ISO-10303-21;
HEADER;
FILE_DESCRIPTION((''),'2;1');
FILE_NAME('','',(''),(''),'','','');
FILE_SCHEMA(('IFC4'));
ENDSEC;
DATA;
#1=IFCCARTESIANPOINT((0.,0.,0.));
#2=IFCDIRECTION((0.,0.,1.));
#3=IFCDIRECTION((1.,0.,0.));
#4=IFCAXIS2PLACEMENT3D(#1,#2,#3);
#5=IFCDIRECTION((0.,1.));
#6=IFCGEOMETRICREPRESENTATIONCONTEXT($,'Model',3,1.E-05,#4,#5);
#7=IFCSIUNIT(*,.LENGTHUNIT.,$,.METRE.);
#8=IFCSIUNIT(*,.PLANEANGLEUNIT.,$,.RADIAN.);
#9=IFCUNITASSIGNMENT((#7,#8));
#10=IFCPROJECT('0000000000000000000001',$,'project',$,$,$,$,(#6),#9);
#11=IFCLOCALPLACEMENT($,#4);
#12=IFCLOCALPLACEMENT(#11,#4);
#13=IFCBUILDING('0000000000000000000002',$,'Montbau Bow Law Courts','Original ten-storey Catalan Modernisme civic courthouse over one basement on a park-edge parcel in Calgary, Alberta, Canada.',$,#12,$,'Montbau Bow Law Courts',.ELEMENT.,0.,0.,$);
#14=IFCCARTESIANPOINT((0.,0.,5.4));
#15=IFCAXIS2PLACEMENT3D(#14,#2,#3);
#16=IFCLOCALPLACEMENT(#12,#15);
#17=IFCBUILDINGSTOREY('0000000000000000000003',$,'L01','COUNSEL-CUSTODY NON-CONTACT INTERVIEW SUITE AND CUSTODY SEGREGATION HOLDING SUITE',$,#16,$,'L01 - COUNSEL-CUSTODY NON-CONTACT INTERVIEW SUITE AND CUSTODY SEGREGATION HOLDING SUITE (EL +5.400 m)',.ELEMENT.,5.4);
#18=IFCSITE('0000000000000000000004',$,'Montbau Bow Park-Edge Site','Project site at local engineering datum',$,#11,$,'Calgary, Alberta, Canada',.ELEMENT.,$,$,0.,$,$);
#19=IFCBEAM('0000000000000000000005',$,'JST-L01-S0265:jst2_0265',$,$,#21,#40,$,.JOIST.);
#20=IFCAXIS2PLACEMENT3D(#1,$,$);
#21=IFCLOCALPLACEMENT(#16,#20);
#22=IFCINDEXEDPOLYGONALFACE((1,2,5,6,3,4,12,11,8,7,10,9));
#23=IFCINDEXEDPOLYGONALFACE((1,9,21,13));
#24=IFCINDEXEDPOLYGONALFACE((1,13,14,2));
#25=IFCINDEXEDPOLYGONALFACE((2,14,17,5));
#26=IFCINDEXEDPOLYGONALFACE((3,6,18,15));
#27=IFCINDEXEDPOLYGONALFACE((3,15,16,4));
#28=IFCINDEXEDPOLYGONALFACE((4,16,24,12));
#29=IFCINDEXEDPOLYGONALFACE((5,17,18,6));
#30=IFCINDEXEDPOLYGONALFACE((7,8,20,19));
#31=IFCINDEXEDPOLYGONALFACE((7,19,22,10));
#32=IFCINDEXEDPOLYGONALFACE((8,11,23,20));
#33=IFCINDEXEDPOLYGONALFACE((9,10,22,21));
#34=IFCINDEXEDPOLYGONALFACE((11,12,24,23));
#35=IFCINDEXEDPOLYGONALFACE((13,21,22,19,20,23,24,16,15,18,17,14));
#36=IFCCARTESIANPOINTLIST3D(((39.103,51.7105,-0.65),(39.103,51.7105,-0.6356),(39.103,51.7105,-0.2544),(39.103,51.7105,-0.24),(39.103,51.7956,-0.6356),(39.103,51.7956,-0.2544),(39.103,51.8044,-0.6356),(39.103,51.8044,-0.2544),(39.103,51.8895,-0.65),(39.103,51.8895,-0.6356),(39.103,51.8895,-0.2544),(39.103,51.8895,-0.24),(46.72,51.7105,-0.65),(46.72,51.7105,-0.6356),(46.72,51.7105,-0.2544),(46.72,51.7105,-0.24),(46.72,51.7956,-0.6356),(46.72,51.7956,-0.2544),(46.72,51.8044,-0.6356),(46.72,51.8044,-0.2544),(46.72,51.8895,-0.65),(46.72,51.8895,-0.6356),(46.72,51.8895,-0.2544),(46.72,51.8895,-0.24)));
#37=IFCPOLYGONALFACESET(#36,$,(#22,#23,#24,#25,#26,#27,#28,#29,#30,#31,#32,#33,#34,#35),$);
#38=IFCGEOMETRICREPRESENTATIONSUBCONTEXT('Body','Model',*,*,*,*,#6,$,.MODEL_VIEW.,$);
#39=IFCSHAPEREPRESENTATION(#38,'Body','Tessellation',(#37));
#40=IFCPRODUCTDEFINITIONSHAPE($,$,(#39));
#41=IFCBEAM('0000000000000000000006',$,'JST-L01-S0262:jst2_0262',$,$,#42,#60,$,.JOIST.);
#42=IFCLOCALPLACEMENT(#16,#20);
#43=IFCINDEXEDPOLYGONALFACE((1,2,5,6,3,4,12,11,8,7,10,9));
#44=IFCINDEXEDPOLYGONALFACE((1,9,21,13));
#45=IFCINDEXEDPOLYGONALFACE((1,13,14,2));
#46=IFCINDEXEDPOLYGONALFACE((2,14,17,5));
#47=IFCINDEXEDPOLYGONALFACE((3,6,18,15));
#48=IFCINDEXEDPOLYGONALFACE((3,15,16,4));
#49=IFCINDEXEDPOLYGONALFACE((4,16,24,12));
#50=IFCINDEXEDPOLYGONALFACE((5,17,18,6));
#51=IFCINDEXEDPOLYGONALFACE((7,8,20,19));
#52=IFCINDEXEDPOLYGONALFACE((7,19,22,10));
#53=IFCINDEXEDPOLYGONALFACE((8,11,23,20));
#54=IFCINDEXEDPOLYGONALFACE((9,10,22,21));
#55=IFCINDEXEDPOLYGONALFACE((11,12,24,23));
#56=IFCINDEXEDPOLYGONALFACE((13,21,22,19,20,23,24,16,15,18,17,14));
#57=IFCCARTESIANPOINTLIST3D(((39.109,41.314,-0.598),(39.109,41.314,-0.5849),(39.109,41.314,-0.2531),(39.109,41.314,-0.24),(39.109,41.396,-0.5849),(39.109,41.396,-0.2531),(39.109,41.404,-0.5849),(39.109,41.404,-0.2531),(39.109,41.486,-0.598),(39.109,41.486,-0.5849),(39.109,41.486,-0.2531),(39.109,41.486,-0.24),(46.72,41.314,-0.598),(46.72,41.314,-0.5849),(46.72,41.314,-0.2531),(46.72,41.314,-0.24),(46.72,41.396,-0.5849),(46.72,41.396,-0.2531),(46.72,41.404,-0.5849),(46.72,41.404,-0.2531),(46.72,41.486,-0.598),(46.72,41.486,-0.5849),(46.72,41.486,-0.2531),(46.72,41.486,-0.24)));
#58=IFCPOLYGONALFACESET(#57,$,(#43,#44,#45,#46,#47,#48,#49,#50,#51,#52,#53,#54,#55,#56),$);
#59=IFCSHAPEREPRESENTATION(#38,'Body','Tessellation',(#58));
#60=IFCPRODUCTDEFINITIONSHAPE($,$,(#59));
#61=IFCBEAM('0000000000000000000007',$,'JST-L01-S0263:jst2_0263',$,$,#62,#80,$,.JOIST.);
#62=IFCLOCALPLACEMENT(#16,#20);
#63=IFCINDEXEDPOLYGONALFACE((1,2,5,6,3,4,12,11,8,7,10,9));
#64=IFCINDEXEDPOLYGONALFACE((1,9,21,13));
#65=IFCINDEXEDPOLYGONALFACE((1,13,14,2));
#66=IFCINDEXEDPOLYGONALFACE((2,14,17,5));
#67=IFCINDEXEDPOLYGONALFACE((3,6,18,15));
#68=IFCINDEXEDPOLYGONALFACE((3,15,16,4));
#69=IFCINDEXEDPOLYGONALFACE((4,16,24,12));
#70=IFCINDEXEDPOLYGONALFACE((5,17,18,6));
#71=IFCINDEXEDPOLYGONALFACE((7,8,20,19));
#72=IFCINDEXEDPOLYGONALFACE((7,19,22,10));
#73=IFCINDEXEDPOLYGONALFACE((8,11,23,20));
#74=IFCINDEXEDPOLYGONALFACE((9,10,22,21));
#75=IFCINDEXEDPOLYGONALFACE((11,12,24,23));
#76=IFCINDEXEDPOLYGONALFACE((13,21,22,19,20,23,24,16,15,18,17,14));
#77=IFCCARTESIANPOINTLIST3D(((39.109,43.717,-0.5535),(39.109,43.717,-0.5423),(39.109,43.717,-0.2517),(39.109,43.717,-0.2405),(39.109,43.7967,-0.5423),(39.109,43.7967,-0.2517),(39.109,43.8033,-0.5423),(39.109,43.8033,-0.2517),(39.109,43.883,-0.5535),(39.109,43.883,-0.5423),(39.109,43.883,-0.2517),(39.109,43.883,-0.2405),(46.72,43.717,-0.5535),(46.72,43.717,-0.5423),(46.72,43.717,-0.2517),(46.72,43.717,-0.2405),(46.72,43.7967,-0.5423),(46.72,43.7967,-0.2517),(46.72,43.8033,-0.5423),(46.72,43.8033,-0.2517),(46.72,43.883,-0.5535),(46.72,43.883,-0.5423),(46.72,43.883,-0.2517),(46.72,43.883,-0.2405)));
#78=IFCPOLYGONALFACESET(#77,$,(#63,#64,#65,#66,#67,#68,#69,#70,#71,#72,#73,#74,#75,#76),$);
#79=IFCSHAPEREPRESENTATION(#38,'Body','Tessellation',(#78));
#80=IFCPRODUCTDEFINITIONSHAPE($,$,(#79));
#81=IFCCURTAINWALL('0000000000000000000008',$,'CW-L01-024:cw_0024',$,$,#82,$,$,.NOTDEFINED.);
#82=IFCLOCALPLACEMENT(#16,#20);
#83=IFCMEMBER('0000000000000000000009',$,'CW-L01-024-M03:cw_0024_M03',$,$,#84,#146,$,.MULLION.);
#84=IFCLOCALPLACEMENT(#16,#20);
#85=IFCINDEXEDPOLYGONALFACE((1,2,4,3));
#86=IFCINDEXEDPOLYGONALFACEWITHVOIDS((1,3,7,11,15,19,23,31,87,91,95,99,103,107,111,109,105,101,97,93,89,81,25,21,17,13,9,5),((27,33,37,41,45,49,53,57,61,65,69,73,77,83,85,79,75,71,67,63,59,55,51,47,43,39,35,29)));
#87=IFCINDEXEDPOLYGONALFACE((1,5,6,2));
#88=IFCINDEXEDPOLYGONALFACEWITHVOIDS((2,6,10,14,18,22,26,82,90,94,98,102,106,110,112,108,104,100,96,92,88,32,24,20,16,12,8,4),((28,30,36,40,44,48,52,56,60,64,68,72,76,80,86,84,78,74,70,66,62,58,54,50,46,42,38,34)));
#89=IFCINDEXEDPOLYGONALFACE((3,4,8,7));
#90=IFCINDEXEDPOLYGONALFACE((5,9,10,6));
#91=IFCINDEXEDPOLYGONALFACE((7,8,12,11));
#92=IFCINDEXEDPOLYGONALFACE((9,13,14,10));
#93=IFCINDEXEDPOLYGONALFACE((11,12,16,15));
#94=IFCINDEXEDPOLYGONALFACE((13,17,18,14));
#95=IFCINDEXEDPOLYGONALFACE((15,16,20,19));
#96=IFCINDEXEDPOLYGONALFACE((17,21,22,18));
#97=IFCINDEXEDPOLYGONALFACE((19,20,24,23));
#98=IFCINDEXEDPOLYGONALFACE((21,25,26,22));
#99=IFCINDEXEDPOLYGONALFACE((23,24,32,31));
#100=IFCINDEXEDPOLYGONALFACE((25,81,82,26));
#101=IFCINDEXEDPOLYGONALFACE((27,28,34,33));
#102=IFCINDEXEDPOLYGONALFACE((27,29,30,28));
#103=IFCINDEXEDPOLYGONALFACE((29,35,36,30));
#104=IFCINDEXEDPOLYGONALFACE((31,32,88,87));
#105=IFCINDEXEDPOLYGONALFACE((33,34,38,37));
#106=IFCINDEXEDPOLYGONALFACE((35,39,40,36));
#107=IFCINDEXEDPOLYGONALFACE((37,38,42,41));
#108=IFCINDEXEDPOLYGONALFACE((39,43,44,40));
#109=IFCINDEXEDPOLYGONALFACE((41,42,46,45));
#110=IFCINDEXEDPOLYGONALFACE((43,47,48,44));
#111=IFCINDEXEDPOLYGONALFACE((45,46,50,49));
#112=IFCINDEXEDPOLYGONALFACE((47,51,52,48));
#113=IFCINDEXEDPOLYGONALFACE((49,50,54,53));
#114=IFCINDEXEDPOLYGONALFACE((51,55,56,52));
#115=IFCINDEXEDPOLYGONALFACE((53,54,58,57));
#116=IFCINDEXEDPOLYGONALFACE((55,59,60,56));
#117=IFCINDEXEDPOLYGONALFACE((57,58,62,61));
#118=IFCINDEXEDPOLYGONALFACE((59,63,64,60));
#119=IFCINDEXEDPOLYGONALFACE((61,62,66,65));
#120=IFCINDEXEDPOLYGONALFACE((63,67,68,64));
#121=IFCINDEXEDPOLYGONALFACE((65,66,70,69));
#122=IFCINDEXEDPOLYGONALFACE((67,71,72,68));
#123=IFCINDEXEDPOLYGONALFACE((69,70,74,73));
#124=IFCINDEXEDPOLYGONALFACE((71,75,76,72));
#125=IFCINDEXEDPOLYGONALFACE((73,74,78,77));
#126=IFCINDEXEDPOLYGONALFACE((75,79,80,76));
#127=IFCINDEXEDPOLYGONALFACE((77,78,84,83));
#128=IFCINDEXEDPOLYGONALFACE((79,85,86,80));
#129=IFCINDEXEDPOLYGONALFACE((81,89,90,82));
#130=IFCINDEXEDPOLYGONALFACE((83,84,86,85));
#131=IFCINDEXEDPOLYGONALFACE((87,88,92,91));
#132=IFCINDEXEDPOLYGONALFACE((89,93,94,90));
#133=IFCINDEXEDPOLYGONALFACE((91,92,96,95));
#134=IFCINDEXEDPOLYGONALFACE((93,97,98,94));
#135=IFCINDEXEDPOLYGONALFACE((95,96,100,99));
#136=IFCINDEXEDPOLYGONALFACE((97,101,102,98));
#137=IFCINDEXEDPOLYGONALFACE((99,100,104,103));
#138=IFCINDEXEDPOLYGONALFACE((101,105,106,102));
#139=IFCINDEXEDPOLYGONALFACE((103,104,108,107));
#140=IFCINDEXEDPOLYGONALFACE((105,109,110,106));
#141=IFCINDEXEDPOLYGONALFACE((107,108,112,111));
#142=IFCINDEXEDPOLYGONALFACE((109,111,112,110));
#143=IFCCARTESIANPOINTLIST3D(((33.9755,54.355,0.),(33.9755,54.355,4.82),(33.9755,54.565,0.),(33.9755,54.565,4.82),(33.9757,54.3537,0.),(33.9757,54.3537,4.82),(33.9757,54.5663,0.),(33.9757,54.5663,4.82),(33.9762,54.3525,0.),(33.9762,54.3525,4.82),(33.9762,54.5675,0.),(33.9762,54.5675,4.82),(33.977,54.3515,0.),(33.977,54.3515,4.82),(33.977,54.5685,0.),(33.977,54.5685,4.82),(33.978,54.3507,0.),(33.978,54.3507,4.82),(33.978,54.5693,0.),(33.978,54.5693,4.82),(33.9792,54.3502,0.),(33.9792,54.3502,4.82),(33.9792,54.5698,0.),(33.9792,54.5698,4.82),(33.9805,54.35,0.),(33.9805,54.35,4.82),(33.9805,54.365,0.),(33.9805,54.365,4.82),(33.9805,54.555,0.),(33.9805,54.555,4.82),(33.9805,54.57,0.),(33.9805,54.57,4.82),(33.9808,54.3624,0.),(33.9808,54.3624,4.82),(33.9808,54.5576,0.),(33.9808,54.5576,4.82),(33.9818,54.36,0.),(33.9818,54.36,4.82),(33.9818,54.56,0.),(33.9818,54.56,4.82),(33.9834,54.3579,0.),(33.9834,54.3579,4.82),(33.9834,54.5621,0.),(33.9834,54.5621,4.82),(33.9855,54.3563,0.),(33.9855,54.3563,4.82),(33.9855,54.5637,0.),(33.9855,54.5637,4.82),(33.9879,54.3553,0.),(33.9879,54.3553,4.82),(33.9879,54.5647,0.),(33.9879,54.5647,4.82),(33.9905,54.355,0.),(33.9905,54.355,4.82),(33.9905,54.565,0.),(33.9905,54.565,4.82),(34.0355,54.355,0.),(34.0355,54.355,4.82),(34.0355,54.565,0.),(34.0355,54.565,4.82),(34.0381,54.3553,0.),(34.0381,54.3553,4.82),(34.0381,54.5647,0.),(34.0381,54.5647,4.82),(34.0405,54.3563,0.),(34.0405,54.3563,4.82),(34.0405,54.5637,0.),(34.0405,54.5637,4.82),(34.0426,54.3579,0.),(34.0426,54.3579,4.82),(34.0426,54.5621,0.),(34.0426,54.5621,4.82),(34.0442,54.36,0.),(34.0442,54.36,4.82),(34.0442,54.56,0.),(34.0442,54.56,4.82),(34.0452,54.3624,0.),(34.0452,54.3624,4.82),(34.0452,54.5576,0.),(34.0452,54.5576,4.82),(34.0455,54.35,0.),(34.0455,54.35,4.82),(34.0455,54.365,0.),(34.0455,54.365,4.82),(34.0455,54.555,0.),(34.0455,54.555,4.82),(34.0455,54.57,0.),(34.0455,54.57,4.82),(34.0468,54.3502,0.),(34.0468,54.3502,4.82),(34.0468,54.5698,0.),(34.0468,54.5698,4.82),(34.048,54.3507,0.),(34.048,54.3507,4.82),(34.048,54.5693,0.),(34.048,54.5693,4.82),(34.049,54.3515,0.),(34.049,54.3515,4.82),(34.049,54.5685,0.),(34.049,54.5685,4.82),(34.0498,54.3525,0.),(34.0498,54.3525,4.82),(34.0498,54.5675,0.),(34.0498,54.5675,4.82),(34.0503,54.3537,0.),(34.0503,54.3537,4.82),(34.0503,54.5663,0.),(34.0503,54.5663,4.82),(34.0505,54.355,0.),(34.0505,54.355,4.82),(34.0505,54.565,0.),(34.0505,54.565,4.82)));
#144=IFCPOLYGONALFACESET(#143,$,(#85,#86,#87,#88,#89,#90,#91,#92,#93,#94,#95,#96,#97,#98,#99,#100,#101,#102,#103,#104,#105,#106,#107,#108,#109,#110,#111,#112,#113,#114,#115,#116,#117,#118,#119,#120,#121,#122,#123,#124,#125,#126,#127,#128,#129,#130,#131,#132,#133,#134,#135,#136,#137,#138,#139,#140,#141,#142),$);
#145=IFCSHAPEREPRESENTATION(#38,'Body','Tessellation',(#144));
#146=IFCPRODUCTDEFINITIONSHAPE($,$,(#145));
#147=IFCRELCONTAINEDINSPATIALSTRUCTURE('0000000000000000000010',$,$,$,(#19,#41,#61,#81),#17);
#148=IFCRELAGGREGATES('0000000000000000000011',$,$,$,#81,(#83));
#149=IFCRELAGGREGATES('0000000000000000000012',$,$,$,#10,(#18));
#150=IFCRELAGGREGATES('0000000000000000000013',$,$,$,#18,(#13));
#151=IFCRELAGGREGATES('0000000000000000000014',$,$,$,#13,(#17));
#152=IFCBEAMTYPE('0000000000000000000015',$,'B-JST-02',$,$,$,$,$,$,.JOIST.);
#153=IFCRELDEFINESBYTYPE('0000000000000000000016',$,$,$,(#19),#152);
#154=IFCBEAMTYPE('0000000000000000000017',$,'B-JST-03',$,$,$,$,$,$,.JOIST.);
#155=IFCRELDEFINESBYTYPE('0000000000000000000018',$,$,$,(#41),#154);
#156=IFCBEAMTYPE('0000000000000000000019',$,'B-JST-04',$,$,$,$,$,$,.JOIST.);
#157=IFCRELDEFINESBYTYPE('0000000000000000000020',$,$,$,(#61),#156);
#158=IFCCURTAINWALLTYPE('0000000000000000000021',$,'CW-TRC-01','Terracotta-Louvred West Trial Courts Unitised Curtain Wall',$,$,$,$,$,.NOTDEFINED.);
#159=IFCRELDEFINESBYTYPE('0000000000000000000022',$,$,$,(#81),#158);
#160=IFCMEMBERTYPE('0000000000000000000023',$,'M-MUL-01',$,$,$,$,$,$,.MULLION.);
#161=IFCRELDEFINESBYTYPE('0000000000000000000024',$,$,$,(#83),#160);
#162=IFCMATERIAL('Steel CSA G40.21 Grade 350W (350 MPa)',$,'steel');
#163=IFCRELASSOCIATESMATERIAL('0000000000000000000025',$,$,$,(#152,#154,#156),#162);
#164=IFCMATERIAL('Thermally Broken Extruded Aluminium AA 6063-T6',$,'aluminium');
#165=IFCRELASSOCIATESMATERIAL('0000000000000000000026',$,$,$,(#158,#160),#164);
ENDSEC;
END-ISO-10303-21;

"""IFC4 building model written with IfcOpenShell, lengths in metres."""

from ifc_helpers import new_model, si_unit, direction, frame, origin_with_axes, origin_2d_with_axis, place, context, subcontext, project, spatial, hollow_rectangle, i_section, extrude, material, material_profile, profile_set, type_object, element, aggregate, save


model = new_model("IFC4")

# Units and contexts
model_context = context("Model", 3, precision=1e-05, world=origin_with_axes(), true_north=direction((0.0, 1.0)))
body_context = subcontext(model_context, "Body", "Model", "MODEL_VIEW")
ifc_project = project(units=[si_unit("LENGTHUNIT", "METRE"), si_unit("PLANEANGLEUNIT", "RADIAN")], contexts=[model_context])

# Site, building, storey
site_placement = place(None, origin_with_axes())
site = spatial("IfcSite", under=ifc_project, at=site_placement, Name="Montbau Bow Park-Edge Site", Description="Project site at local engineering datum", LongName="Calgary, Alberta, Canada", CompositionType="ELEMENT", RefElevation=0.0)
building_placement = place(site_placement, origin_with_axes())
building = spatial("IfcBuilding", under=site, at=building_placement, Name="Montbau Bow Law Courts", Description="Original ten-storey Catalan Modernisme civic courthouse over one basement on a park-edge parcel in Calgary, Alberta, Canada.", LongName="Montbau Bow Law Courts", CompositionType="ELEMENT", ElevationOfRefHeight=0.0, ElevationOfTerrain=0.0)
storey_placement = place(building_placement, frame((0.0, 0.0, 5.4), z_axis=(0.0, 0.0, 1.0), x_axis=(1.0, 0.0, 0.0)))
storey = spatial("IfcBuildingStorey", under=building, at=storey_placement, Name="L01", Description="COUNSEL-CUSTODY NON-CONTACT INTERVIEW SUITE AND CUSTODY SEGREGATION HOLDING SUITE", LongName="L01 - COUNSEL-CUSTODY NON-CONTACT INTERVIEW SUITE AND CUSTODY SEGREGATION HOLDING SUITE (EL +5.400 m)", CompositionType="ELEMENT", Elevation=5.4)

# Shared definitions
ifc_material_1 = material(Name="Steel CSA G40.21 Grade 350W (350 MPa)", Category="steel")

# Beams
ifc_material_profile_1 = material_profile(ifc_material_1, i_section(OverallWidth=0.179, OverallDepth=0.41, WebThickness=0.0088, FlangeThickness=0.0144, at=origin_2d_with_axis()), Name="W410X67", Category="Main", Priority=0)
ifc_profile_set_1 = profile_set([ifc_material_profile_1], Name="Steel CSA G40.21 Grade 350W (350 MPa)")
beam_type_1 = type_object("IfcBeamType", Name="B-JST-02", PredefinedType="JOIST", material=ifc_profile_set_1)
beam_1_placement = place(None, frame((39.103, 51.8, 4.955), z_axis=(1.0, 0.0, 0.0), x_axis=(0.0, 1.0, 0.0)))
element("IfcBeam", 1, at=beam_1_placement, inside=storey, type_object=beam_type_1, Name="JST-L01-S0265:jst2_0265", PredefinedType="JOIST", context=body_context, shape_type="SweptSolid", body=[
    extrude(i_section(OverallWidth=0.179, OverallDepth=0.41, WebThickness=0.0088, FlangeThickness=0.0144, at=origin_2d_with_axis()), origin_with_axes(), (0.0, 0.0, 1.0), 7.617),
])
ifc_material_profile_2 = material_profile(ifc_material_1, i_section(OverallWidth=0.172, OverallDepth=0.358, WebThickness=0.0079, FlangeThickness=0.0131, at=origin_2d_with_axis()), Name="W360X57", Category="Main", Priority=0)
ifc_profile_set_2 = profile_set([ifc_material_profile_2], Name="Steel CSA G40.21 Grade 350W (350 MPa)")
beam_type_2 = type_object("IfcBeamType", Name="B-JST-03", PredefinedType="JOIST", material=ifc_profile_set_2)
beam_2_placement = place(None, frame((39.109, 41.4, 4.981), z_axis=(1.0, 0.0, 0.0), x_axis=(0.0, 1.0, 0.0)))
element("IfcBeam", 2, at=beam_2_placement, inside=storey, type_object=beam_type_2, Name="JST-L01-S0262:jst2_0262", PredefinedType="JOIST", context=body_context, shape_type="SweptSolid", body=[
    extrude(i_section(OverallWidth=0.172, OverallDepth=0.358, WebThickness=0.0079, FlangeThickness=0.0131, at=origin_2d_with_axis()), origin_with_axes(), (0.0, 0.0, 1.0), 7.611),
])
ifc_material_profile_3 = material_profile(ifc_material_1, i_section(OverallWidth=0.166, OverallDepth=0.313, WebThickness=0.0066, FlangeThickness=0.0112, at=origin_2d_with_axis()), Name="W310X45", Category="Main", Priority=0)
ifc_profile_set_3 = profile_set([ifc_material_profile_3], Name="Steel CSA G40.21 Grade 350W (350 MPa)")
beam_type_3 = type_object("IfcBeamType", Name="B-JST-04", PredefinedType="JOIST", material=ifc_profile_set_3)
beam_3_placement = place(None, frame((39.109, 43.8, 5.003), z_axis=(1.0, 0.0, 0.0), x_axis=(0.0, 1.0, 0.0)))
element("IfcBeam", 3, at=beam_3_placement, inside=storey, type_object=beam_type_3, Name="JST-L01-S0263:jst2_0263", PredefinedType="JOIST", context=body_context, shape_type="SweptSolid", body=[
    extrude(i_section(OverallWidth=0.166, OverallDepth=0.313, WebThickness=0.0066, FlangeThickness=0.0112, at=origin_2d_with_axis()), origin_with_axes(), (0.0, 0.0, 1.0), 7.611),
])

# Curtain wall, member
ifc_material_2 = material(Name="Thermally Broken Extruded Aluminium AA 6063-T6", Category="aluminium")
curtain_wall_type = type_object("IfcCurtainWallType", Name="CW-TRC-01", Description="Terracotta-Louvred West Trial Courts Unitised Curtain Wall", PredefinedType="NOTDEFINED", material=ifc_material_2)
curtain_wall_1_placement = place(None, frame((30.867, 54.46, 5.4), z_axis=(0.0, 0.0, 1.0), x_axis=(1.0, 0.0, 0.0)))
curtain_wall_1 = element("IfcCurtainWall", 4, at=curtain_wall_1_placement, inside=storey, type_object=curtain_wall_type, Name="CW-L01-024:cw_0024", PredefinedType="NOTDEFINED")
ifc_material_profile_4 = material_profile(ifc_material_2, hollow_rectangle(XDim=0.075, YDim=0.22, WallThickness=0.005, InnerFilletRadius=0.01, OuterFilletRadius=0.005, at=origin_2d_with_axis()), Name="CWM-220X75", Category="Main", Priority=0)
ifc_profile_set_4 = profile_set([ifc_material_profile_4], Name="Thermally Broken Extruded Aluminium AA 6063-T6")
member_type_1 = type_object("IfcMemberType", Name="M-MUL-01", PredefinedType="MULLION", material=ifc_profile_set_4)
member_1_placement = place(None, frame((34.013, 54.46, 5.4), z_axis=(0.0, 0.0, 1.0), x_axis=(1.0, 0.0, 0.0)))
member_1 = element("IfcMember", 5, at=member_1_placement, type_object=member_type_1, Name="CW-L01-024-M03:cw_0024_M03", PredefinedType="MULLION", context=body_context, shape_type="SweptSolid", body=[
    extrude(hollow_rectangle(XDim=0.075, YDim=0.22, WallThickness=0.005, InnerFilletRadius=0.01, OuterFilletRadius=0.005, at=origin_2d_with_axis()), origin_with_axes(), (0.0, 0.0, 1.0), 4.82),
])

aggregate(curtain_wall_1, [member_1])

save(model, "model.ifc")
